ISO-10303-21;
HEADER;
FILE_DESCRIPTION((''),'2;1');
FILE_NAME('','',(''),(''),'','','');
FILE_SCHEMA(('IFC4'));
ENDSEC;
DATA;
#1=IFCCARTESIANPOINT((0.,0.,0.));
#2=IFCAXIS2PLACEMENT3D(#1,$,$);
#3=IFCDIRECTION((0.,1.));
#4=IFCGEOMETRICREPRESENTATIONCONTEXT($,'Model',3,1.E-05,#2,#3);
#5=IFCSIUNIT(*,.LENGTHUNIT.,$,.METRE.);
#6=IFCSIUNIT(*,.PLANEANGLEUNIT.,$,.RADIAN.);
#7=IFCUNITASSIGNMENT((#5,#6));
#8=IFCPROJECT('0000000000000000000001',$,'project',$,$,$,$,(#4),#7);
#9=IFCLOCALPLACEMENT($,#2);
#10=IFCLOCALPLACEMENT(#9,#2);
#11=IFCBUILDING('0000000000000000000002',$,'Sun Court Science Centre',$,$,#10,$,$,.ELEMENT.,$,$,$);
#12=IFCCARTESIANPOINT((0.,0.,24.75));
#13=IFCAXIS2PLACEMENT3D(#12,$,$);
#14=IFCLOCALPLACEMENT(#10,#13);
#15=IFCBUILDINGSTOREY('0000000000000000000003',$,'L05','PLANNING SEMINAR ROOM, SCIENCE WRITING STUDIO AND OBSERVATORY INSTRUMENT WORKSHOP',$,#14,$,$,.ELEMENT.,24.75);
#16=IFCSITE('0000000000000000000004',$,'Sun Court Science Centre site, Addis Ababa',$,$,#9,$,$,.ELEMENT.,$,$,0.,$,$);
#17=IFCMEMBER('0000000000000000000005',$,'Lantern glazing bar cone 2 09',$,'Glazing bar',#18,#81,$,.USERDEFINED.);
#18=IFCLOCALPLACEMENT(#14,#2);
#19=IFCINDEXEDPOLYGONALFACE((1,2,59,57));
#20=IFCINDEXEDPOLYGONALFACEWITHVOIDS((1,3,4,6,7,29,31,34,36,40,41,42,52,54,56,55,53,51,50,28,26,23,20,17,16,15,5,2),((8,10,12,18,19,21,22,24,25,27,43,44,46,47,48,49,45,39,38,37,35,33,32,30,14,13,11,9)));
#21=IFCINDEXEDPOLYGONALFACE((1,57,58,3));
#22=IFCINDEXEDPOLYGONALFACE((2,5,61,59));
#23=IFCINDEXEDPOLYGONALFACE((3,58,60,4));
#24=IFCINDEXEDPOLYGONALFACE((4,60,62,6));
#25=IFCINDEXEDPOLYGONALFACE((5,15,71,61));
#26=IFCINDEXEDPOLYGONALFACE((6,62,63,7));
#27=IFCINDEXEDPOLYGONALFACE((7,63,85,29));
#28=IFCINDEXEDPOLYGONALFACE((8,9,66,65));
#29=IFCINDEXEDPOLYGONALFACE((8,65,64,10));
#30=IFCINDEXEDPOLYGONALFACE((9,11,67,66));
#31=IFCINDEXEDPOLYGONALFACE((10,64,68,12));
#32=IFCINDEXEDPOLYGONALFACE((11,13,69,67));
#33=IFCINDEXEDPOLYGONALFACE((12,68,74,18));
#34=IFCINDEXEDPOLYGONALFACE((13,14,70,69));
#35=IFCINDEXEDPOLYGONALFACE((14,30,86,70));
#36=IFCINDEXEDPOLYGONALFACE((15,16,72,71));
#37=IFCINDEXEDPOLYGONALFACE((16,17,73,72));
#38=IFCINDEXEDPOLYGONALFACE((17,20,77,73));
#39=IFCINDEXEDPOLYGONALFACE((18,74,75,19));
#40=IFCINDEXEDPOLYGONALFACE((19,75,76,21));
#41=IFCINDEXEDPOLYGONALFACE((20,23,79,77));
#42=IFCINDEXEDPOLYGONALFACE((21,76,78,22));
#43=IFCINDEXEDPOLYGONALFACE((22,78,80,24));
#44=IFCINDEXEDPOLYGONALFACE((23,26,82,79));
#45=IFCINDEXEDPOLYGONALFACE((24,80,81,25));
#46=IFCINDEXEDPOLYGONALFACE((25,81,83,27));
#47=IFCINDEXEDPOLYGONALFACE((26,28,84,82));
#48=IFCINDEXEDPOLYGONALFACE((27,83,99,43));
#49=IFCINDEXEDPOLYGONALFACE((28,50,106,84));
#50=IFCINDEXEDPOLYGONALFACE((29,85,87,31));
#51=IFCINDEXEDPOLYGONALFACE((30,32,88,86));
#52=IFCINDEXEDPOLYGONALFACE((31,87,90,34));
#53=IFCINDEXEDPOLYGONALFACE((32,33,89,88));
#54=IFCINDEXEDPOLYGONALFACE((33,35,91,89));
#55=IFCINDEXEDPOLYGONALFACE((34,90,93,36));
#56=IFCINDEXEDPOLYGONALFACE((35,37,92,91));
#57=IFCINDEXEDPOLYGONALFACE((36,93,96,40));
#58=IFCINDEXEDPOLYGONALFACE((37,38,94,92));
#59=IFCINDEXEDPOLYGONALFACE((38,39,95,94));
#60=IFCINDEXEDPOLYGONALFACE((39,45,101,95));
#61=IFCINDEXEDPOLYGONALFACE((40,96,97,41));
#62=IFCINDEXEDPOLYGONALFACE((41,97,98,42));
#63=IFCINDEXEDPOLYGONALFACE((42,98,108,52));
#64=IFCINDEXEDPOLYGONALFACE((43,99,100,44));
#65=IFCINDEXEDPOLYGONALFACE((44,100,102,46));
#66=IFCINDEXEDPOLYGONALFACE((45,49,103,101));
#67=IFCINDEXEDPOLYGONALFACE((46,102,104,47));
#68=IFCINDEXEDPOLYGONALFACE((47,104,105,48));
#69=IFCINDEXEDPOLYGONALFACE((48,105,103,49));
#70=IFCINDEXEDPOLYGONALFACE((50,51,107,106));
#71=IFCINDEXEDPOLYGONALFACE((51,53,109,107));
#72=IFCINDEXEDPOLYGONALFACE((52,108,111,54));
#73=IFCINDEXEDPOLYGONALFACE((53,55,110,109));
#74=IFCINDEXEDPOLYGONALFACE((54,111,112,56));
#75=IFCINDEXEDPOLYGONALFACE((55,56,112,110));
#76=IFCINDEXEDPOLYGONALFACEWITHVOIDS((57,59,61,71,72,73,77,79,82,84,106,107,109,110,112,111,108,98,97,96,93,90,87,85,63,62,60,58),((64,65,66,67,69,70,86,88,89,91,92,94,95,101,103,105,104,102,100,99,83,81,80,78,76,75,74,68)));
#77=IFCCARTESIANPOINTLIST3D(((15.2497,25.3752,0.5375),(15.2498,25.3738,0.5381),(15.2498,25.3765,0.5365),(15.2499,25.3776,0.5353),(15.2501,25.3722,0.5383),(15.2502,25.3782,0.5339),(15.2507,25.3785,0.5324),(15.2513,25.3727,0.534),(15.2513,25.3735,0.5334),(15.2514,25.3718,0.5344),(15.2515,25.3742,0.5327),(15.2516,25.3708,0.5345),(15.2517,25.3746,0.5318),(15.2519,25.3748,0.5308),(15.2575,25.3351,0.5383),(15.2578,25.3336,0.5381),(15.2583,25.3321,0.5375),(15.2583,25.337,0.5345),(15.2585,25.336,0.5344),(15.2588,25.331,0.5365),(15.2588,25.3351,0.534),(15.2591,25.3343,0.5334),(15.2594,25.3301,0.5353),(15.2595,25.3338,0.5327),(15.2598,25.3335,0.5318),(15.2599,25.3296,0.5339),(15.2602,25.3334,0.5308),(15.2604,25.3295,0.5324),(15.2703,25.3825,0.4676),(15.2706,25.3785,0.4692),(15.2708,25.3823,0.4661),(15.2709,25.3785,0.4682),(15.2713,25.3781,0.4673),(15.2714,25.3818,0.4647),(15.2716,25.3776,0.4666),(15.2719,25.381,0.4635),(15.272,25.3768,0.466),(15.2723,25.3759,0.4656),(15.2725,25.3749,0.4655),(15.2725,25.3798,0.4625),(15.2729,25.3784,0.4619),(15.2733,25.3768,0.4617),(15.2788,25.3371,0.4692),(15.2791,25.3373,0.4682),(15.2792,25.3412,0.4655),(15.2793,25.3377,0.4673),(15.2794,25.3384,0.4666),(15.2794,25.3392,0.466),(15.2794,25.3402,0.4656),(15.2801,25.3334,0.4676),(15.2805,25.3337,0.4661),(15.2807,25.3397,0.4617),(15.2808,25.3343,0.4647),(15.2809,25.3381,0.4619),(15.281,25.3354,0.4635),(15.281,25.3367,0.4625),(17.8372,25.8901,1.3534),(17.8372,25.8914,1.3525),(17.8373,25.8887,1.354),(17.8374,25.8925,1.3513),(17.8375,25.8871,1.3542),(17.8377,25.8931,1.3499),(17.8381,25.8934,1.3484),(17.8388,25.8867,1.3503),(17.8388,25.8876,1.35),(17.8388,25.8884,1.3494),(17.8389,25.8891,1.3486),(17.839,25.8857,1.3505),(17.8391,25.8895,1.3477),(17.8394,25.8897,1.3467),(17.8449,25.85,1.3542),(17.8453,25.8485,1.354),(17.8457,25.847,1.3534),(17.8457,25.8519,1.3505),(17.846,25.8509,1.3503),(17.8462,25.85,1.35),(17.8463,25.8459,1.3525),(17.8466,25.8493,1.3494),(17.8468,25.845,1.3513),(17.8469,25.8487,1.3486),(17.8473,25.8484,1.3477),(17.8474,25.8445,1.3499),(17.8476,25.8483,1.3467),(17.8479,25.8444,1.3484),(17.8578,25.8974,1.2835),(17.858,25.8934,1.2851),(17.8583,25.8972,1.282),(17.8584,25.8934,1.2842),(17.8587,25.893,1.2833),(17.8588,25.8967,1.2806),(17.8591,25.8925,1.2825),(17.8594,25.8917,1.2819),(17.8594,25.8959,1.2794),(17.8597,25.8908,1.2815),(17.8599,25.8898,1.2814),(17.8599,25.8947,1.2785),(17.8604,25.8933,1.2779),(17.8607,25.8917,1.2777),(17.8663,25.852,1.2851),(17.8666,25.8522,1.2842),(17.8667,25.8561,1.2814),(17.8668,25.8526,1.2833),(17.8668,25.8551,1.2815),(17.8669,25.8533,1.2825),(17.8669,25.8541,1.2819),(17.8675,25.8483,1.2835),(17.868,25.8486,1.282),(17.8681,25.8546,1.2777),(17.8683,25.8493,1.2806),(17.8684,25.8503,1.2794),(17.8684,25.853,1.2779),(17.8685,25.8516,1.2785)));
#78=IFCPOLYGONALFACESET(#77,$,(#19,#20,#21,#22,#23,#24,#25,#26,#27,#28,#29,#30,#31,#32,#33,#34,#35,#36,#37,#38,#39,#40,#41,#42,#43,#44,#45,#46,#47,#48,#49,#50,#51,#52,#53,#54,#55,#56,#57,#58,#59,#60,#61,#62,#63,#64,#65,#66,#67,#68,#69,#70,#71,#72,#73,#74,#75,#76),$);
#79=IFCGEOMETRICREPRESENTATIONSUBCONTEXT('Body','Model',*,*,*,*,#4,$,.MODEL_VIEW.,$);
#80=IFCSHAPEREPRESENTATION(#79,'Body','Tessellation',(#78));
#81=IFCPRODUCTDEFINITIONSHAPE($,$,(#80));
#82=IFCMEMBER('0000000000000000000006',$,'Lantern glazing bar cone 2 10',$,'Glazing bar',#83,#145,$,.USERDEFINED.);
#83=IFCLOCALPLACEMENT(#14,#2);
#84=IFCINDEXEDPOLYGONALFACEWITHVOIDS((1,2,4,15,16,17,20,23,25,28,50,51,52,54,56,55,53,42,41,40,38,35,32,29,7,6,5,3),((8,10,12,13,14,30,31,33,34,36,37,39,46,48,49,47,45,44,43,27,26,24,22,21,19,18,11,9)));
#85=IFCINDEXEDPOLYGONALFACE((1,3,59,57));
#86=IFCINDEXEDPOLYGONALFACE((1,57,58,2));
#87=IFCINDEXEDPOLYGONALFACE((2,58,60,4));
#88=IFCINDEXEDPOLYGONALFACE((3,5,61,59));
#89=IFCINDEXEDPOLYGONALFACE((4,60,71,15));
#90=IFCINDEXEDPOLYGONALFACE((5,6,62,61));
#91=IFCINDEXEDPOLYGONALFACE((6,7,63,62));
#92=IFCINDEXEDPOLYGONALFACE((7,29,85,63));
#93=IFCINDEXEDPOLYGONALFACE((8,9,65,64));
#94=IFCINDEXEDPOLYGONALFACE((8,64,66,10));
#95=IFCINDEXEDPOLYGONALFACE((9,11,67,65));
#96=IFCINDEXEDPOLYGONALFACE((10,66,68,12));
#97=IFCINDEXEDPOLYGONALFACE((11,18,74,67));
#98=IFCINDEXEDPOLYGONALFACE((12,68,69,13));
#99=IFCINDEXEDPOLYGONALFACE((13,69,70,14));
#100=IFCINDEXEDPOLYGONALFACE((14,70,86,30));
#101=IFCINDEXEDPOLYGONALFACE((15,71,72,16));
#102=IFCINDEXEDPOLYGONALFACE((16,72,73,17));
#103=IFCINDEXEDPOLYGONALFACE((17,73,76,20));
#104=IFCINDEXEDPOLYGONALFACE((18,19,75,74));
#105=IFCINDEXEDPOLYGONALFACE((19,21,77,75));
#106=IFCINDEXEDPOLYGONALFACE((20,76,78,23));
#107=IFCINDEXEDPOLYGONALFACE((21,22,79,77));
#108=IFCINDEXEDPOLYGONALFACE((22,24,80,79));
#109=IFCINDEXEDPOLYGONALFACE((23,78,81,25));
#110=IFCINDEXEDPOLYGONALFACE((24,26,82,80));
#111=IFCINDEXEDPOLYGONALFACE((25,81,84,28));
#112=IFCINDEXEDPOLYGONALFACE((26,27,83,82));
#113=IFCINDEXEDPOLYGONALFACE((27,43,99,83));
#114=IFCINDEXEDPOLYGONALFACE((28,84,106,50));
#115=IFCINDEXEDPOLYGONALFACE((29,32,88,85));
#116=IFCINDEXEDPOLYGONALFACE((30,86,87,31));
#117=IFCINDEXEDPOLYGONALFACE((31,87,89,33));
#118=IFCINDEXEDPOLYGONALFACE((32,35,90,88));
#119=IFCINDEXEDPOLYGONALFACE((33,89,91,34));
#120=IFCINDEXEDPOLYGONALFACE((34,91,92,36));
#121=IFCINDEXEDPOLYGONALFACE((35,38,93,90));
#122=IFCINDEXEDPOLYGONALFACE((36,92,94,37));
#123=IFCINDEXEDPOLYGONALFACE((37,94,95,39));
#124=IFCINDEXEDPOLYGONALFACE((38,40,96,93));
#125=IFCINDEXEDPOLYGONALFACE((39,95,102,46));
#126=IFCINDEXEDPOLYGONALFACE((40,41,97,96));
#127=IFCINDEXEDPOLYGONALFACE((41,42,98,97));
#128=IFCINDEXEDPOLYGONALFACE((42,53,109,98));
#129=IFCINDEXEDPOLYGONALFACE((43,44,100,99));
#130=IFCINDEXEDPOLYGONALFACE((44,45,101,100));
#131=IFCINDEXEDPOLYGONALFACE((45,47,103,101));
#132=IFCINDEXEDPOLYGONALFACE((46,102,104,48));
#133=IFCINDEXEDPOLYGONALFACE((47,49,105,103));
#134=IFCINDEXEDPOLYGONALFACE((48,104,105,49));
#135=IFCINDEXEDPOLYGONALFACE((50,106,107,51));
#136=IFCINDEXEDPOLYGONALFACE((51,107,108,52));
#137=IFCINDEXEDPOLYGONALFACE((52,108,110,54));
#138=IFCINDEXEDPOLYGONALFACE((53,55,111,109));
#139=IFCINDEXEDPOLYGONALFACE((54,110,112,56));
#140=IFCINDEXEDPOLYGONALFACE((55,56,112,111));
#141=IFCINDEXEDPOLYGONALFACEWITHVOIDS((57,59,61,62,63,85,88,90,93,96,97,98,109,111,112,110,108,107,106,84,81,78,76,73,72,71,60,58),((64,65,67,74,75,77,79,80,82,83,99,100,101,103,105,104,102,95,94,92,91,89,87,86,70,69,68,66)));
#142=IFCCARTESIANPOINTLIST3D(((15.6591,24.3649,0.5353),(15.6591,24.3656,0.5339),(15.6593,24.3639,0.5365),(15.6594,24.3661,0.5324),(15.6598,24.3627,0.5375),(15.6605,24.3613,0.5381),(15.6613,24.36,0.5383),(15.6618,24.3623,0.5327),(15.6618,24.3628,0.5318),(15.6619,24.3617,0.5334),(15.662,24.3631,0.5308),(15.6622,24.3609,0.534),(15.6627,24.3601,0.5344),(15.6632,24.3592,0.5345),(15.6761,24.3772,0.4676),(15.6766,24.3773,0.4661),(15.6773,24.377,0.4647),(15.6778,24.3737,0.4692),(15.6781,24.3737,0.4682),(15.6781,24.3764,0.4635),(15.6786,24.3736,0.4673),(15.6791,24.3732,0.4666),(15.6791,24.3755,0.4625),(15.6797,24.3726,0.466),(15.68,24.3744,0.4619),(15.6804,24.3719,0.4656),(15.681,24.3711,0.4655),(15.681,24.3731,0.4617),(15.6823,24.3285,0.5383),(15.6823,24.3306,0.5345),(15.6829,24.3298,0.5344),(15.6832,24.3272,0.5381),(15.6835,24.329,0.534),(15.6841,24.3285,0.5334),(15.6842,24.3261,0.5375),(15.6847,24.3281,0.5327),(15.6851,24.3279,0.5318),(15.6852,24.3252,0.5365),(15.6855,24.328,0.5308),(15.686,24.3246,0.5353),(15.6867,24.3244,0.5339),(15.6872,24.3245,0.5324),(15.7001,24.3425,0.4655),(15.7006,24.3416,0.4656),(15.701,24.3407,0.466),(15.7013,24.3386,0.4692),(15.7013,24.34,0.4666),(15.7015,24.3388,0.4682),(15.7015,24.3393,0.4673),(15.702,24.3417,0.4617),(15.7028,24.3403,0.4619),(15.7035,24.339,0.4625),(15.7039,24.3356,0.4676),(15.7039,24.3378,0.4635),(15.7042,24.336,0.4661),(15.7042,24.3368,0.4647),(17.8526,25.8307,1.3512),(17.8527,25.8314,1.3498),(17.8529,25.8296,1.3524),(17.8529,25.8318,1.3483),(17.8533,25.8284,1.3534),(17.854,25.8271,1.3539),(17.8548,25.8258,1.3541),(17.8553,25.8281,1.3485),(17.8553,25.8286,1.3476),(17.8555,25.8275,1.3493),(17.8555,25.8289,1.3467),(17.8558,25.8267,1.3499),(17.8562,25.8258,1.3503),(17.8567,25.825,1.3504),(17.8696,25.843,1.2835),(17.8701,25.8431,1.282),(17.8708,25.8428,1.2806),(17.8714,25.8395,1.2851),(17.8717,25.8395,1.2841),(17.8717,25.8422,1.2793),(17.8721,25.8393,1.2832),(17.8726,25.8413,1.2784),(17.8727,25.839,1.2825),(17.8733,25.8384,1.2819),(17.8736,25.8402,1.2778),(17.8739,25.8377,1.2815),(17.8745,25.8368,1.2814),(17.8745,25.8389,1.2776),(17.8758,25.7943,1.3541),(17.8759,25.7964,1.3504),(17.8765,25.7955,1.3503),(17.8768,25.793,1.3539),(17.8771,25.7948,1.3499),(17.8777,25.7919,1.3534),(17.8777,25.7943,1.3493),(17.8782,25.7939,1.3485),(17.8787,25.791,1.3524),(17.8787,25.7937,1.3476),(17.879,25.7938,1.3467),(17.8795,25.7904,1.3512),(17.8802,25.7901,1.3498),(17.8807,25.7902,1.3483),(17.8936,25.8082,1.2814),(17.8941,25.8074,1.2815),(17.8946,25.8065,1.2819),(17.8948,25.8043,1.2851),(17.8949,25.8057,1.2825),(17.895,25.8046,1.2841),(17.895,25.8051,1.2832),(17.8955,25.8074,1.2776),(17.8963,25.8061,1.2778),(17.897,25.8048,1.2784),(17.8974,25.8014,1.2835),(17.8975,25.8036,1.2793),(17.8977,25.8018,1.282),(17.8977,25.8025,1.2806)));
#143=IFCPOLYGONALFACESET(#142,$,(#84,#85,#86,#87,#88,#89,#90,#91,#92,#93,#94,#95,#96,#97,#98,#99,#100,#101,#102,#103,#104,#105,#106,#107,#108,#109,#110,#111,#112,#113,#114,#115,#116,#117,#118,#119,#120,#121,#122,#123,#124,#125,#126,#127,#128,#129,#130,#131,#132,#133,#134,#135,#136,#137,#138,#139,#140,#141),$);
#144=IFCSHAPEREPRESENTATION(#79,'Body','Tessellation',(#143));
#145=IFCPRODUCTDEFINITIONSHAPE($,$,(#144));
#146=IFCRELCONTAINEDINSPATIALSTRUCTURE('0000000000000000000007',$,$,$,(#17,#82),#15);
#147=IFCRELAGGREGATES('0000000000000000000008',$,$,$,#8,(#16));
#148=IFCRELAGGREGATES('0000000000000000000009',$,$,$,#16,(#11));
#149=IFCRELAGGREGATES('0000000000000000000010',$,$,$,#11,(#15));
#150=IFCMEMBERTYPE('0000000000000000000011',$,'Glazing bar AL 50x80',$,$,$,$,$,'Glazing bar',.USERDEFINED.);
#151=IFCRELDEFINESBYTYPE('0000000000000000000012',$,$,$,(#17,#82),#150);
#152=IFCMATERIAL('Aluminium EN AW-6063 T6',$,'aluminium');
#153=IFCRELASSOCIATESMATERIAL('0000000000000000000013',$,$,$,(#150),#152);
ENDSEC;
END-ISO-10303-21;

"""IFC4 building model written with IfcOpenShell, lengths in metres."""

from ifc_helpers import new_model, si_unit, direction, frame, origin, origin_2d, place, context, subcontext, project, spatial, hollow_rectangle, extrude, material, material_profile, profile_set, type_object, element, save


model = new_model("IFC4")

# Units and contexts
model_context = context("Model", 3, precision=1e-05, world=origin(), true_north=direction((0.0, 1.0)))
body_context = subcontext(model_context, "Body", "Model", "MODEL_VIEW")
ifc_project = project(units=[si_unit("LENGTHUNIT", "METRE"), si_unit("PLANEANGLEUNIT", "RADIAN")], contexts=[model_context])

# Site, building, storey
site_placement = place(None, origin())
site = spatial("IfcSite", under=ifc_project, at=site_placement, Name="Sun Court Science Centre site, Addis Ababa", CompositionType="ELEMENT", RefElevation=0.0)
building_placement = place(site_placement, origin())
building = spatial("IfcBuilding", under=site, at=building_placement, Name="Sun Court Science Centre", CompositionType="ELEMENT")
storey_placement = place(building_placement, frame((0.0, 0.0, 24.75)))
storey = spatial("IfcBuildingStorey", under=building, at=storey_placement, Name="L05", Description="PLANNING SEMINAR ROOM, SCIENCE WRITING STUDIO AND OBSERVATORY INSTRUMENT WORKSHOP", CompositionType="ELEMENT", Elevation=24.75)

# Members
ifc_material_1 = material(Name="Aluminium EN AW-6063 T6", Category="aluminium")
ifc_material_profile_1 = material_profile(ifc_material_1, hollow_rectangle(XDim=0.05, YDim=0.0801, WallThickness=0.0039, InnerFilletRadius=0.0039, OuterFilletRadius=0.0061, at=origin_2d()), Name="AL 50x80x4")
ifc_profile_set_1 = profile_set([ifc_material_profile_1], Name="Aluminium EN AW-6063 T6")
member_type_1 = type_object("IfcMemberType", Name="Glazing bar AL 50x80", ElementType="Glazing bar", PredefinedType="USERDEFINED", material=ifc_profile_set_1)
for number, where, z_axis, x_axis, name in (
    (1, (15.2654, 25.356, 0.5), (0.93698, 0.186459, 0.29547), (-0.195173, 0.980769, 0.0), "Lantern glazing bar cone 2 09"),
    (2, (15.6816, 24.3508, 0.5), (0.794333, 0.530793, 0.295455), (-0.555597, 0.831452, 0.0), "Lantern glazing bar cone 2 10"),
):
    element("IfcMember", number, at=place(storey_placement, frame(where, z_axis=z_axis, x_axis=x_axis)), inside=storey, type_object=member_type_1, Name=name, ObjectType="Glazing bar", PredefinedType="USERDEFINED", context=body_context, shape_type="SweptSolid", body=[
        extrude(hollow_rectangle(XDim=0.05, YDim=0.0801, WallThickness=0.0039, InnerFilletRadius=0.0039, OuterFilletRadius=0.0061, at=origin_2d()), origin(), (0.0, 0.0, 1.0), 2.7615),
    ])

save(model, "model.ifc")
